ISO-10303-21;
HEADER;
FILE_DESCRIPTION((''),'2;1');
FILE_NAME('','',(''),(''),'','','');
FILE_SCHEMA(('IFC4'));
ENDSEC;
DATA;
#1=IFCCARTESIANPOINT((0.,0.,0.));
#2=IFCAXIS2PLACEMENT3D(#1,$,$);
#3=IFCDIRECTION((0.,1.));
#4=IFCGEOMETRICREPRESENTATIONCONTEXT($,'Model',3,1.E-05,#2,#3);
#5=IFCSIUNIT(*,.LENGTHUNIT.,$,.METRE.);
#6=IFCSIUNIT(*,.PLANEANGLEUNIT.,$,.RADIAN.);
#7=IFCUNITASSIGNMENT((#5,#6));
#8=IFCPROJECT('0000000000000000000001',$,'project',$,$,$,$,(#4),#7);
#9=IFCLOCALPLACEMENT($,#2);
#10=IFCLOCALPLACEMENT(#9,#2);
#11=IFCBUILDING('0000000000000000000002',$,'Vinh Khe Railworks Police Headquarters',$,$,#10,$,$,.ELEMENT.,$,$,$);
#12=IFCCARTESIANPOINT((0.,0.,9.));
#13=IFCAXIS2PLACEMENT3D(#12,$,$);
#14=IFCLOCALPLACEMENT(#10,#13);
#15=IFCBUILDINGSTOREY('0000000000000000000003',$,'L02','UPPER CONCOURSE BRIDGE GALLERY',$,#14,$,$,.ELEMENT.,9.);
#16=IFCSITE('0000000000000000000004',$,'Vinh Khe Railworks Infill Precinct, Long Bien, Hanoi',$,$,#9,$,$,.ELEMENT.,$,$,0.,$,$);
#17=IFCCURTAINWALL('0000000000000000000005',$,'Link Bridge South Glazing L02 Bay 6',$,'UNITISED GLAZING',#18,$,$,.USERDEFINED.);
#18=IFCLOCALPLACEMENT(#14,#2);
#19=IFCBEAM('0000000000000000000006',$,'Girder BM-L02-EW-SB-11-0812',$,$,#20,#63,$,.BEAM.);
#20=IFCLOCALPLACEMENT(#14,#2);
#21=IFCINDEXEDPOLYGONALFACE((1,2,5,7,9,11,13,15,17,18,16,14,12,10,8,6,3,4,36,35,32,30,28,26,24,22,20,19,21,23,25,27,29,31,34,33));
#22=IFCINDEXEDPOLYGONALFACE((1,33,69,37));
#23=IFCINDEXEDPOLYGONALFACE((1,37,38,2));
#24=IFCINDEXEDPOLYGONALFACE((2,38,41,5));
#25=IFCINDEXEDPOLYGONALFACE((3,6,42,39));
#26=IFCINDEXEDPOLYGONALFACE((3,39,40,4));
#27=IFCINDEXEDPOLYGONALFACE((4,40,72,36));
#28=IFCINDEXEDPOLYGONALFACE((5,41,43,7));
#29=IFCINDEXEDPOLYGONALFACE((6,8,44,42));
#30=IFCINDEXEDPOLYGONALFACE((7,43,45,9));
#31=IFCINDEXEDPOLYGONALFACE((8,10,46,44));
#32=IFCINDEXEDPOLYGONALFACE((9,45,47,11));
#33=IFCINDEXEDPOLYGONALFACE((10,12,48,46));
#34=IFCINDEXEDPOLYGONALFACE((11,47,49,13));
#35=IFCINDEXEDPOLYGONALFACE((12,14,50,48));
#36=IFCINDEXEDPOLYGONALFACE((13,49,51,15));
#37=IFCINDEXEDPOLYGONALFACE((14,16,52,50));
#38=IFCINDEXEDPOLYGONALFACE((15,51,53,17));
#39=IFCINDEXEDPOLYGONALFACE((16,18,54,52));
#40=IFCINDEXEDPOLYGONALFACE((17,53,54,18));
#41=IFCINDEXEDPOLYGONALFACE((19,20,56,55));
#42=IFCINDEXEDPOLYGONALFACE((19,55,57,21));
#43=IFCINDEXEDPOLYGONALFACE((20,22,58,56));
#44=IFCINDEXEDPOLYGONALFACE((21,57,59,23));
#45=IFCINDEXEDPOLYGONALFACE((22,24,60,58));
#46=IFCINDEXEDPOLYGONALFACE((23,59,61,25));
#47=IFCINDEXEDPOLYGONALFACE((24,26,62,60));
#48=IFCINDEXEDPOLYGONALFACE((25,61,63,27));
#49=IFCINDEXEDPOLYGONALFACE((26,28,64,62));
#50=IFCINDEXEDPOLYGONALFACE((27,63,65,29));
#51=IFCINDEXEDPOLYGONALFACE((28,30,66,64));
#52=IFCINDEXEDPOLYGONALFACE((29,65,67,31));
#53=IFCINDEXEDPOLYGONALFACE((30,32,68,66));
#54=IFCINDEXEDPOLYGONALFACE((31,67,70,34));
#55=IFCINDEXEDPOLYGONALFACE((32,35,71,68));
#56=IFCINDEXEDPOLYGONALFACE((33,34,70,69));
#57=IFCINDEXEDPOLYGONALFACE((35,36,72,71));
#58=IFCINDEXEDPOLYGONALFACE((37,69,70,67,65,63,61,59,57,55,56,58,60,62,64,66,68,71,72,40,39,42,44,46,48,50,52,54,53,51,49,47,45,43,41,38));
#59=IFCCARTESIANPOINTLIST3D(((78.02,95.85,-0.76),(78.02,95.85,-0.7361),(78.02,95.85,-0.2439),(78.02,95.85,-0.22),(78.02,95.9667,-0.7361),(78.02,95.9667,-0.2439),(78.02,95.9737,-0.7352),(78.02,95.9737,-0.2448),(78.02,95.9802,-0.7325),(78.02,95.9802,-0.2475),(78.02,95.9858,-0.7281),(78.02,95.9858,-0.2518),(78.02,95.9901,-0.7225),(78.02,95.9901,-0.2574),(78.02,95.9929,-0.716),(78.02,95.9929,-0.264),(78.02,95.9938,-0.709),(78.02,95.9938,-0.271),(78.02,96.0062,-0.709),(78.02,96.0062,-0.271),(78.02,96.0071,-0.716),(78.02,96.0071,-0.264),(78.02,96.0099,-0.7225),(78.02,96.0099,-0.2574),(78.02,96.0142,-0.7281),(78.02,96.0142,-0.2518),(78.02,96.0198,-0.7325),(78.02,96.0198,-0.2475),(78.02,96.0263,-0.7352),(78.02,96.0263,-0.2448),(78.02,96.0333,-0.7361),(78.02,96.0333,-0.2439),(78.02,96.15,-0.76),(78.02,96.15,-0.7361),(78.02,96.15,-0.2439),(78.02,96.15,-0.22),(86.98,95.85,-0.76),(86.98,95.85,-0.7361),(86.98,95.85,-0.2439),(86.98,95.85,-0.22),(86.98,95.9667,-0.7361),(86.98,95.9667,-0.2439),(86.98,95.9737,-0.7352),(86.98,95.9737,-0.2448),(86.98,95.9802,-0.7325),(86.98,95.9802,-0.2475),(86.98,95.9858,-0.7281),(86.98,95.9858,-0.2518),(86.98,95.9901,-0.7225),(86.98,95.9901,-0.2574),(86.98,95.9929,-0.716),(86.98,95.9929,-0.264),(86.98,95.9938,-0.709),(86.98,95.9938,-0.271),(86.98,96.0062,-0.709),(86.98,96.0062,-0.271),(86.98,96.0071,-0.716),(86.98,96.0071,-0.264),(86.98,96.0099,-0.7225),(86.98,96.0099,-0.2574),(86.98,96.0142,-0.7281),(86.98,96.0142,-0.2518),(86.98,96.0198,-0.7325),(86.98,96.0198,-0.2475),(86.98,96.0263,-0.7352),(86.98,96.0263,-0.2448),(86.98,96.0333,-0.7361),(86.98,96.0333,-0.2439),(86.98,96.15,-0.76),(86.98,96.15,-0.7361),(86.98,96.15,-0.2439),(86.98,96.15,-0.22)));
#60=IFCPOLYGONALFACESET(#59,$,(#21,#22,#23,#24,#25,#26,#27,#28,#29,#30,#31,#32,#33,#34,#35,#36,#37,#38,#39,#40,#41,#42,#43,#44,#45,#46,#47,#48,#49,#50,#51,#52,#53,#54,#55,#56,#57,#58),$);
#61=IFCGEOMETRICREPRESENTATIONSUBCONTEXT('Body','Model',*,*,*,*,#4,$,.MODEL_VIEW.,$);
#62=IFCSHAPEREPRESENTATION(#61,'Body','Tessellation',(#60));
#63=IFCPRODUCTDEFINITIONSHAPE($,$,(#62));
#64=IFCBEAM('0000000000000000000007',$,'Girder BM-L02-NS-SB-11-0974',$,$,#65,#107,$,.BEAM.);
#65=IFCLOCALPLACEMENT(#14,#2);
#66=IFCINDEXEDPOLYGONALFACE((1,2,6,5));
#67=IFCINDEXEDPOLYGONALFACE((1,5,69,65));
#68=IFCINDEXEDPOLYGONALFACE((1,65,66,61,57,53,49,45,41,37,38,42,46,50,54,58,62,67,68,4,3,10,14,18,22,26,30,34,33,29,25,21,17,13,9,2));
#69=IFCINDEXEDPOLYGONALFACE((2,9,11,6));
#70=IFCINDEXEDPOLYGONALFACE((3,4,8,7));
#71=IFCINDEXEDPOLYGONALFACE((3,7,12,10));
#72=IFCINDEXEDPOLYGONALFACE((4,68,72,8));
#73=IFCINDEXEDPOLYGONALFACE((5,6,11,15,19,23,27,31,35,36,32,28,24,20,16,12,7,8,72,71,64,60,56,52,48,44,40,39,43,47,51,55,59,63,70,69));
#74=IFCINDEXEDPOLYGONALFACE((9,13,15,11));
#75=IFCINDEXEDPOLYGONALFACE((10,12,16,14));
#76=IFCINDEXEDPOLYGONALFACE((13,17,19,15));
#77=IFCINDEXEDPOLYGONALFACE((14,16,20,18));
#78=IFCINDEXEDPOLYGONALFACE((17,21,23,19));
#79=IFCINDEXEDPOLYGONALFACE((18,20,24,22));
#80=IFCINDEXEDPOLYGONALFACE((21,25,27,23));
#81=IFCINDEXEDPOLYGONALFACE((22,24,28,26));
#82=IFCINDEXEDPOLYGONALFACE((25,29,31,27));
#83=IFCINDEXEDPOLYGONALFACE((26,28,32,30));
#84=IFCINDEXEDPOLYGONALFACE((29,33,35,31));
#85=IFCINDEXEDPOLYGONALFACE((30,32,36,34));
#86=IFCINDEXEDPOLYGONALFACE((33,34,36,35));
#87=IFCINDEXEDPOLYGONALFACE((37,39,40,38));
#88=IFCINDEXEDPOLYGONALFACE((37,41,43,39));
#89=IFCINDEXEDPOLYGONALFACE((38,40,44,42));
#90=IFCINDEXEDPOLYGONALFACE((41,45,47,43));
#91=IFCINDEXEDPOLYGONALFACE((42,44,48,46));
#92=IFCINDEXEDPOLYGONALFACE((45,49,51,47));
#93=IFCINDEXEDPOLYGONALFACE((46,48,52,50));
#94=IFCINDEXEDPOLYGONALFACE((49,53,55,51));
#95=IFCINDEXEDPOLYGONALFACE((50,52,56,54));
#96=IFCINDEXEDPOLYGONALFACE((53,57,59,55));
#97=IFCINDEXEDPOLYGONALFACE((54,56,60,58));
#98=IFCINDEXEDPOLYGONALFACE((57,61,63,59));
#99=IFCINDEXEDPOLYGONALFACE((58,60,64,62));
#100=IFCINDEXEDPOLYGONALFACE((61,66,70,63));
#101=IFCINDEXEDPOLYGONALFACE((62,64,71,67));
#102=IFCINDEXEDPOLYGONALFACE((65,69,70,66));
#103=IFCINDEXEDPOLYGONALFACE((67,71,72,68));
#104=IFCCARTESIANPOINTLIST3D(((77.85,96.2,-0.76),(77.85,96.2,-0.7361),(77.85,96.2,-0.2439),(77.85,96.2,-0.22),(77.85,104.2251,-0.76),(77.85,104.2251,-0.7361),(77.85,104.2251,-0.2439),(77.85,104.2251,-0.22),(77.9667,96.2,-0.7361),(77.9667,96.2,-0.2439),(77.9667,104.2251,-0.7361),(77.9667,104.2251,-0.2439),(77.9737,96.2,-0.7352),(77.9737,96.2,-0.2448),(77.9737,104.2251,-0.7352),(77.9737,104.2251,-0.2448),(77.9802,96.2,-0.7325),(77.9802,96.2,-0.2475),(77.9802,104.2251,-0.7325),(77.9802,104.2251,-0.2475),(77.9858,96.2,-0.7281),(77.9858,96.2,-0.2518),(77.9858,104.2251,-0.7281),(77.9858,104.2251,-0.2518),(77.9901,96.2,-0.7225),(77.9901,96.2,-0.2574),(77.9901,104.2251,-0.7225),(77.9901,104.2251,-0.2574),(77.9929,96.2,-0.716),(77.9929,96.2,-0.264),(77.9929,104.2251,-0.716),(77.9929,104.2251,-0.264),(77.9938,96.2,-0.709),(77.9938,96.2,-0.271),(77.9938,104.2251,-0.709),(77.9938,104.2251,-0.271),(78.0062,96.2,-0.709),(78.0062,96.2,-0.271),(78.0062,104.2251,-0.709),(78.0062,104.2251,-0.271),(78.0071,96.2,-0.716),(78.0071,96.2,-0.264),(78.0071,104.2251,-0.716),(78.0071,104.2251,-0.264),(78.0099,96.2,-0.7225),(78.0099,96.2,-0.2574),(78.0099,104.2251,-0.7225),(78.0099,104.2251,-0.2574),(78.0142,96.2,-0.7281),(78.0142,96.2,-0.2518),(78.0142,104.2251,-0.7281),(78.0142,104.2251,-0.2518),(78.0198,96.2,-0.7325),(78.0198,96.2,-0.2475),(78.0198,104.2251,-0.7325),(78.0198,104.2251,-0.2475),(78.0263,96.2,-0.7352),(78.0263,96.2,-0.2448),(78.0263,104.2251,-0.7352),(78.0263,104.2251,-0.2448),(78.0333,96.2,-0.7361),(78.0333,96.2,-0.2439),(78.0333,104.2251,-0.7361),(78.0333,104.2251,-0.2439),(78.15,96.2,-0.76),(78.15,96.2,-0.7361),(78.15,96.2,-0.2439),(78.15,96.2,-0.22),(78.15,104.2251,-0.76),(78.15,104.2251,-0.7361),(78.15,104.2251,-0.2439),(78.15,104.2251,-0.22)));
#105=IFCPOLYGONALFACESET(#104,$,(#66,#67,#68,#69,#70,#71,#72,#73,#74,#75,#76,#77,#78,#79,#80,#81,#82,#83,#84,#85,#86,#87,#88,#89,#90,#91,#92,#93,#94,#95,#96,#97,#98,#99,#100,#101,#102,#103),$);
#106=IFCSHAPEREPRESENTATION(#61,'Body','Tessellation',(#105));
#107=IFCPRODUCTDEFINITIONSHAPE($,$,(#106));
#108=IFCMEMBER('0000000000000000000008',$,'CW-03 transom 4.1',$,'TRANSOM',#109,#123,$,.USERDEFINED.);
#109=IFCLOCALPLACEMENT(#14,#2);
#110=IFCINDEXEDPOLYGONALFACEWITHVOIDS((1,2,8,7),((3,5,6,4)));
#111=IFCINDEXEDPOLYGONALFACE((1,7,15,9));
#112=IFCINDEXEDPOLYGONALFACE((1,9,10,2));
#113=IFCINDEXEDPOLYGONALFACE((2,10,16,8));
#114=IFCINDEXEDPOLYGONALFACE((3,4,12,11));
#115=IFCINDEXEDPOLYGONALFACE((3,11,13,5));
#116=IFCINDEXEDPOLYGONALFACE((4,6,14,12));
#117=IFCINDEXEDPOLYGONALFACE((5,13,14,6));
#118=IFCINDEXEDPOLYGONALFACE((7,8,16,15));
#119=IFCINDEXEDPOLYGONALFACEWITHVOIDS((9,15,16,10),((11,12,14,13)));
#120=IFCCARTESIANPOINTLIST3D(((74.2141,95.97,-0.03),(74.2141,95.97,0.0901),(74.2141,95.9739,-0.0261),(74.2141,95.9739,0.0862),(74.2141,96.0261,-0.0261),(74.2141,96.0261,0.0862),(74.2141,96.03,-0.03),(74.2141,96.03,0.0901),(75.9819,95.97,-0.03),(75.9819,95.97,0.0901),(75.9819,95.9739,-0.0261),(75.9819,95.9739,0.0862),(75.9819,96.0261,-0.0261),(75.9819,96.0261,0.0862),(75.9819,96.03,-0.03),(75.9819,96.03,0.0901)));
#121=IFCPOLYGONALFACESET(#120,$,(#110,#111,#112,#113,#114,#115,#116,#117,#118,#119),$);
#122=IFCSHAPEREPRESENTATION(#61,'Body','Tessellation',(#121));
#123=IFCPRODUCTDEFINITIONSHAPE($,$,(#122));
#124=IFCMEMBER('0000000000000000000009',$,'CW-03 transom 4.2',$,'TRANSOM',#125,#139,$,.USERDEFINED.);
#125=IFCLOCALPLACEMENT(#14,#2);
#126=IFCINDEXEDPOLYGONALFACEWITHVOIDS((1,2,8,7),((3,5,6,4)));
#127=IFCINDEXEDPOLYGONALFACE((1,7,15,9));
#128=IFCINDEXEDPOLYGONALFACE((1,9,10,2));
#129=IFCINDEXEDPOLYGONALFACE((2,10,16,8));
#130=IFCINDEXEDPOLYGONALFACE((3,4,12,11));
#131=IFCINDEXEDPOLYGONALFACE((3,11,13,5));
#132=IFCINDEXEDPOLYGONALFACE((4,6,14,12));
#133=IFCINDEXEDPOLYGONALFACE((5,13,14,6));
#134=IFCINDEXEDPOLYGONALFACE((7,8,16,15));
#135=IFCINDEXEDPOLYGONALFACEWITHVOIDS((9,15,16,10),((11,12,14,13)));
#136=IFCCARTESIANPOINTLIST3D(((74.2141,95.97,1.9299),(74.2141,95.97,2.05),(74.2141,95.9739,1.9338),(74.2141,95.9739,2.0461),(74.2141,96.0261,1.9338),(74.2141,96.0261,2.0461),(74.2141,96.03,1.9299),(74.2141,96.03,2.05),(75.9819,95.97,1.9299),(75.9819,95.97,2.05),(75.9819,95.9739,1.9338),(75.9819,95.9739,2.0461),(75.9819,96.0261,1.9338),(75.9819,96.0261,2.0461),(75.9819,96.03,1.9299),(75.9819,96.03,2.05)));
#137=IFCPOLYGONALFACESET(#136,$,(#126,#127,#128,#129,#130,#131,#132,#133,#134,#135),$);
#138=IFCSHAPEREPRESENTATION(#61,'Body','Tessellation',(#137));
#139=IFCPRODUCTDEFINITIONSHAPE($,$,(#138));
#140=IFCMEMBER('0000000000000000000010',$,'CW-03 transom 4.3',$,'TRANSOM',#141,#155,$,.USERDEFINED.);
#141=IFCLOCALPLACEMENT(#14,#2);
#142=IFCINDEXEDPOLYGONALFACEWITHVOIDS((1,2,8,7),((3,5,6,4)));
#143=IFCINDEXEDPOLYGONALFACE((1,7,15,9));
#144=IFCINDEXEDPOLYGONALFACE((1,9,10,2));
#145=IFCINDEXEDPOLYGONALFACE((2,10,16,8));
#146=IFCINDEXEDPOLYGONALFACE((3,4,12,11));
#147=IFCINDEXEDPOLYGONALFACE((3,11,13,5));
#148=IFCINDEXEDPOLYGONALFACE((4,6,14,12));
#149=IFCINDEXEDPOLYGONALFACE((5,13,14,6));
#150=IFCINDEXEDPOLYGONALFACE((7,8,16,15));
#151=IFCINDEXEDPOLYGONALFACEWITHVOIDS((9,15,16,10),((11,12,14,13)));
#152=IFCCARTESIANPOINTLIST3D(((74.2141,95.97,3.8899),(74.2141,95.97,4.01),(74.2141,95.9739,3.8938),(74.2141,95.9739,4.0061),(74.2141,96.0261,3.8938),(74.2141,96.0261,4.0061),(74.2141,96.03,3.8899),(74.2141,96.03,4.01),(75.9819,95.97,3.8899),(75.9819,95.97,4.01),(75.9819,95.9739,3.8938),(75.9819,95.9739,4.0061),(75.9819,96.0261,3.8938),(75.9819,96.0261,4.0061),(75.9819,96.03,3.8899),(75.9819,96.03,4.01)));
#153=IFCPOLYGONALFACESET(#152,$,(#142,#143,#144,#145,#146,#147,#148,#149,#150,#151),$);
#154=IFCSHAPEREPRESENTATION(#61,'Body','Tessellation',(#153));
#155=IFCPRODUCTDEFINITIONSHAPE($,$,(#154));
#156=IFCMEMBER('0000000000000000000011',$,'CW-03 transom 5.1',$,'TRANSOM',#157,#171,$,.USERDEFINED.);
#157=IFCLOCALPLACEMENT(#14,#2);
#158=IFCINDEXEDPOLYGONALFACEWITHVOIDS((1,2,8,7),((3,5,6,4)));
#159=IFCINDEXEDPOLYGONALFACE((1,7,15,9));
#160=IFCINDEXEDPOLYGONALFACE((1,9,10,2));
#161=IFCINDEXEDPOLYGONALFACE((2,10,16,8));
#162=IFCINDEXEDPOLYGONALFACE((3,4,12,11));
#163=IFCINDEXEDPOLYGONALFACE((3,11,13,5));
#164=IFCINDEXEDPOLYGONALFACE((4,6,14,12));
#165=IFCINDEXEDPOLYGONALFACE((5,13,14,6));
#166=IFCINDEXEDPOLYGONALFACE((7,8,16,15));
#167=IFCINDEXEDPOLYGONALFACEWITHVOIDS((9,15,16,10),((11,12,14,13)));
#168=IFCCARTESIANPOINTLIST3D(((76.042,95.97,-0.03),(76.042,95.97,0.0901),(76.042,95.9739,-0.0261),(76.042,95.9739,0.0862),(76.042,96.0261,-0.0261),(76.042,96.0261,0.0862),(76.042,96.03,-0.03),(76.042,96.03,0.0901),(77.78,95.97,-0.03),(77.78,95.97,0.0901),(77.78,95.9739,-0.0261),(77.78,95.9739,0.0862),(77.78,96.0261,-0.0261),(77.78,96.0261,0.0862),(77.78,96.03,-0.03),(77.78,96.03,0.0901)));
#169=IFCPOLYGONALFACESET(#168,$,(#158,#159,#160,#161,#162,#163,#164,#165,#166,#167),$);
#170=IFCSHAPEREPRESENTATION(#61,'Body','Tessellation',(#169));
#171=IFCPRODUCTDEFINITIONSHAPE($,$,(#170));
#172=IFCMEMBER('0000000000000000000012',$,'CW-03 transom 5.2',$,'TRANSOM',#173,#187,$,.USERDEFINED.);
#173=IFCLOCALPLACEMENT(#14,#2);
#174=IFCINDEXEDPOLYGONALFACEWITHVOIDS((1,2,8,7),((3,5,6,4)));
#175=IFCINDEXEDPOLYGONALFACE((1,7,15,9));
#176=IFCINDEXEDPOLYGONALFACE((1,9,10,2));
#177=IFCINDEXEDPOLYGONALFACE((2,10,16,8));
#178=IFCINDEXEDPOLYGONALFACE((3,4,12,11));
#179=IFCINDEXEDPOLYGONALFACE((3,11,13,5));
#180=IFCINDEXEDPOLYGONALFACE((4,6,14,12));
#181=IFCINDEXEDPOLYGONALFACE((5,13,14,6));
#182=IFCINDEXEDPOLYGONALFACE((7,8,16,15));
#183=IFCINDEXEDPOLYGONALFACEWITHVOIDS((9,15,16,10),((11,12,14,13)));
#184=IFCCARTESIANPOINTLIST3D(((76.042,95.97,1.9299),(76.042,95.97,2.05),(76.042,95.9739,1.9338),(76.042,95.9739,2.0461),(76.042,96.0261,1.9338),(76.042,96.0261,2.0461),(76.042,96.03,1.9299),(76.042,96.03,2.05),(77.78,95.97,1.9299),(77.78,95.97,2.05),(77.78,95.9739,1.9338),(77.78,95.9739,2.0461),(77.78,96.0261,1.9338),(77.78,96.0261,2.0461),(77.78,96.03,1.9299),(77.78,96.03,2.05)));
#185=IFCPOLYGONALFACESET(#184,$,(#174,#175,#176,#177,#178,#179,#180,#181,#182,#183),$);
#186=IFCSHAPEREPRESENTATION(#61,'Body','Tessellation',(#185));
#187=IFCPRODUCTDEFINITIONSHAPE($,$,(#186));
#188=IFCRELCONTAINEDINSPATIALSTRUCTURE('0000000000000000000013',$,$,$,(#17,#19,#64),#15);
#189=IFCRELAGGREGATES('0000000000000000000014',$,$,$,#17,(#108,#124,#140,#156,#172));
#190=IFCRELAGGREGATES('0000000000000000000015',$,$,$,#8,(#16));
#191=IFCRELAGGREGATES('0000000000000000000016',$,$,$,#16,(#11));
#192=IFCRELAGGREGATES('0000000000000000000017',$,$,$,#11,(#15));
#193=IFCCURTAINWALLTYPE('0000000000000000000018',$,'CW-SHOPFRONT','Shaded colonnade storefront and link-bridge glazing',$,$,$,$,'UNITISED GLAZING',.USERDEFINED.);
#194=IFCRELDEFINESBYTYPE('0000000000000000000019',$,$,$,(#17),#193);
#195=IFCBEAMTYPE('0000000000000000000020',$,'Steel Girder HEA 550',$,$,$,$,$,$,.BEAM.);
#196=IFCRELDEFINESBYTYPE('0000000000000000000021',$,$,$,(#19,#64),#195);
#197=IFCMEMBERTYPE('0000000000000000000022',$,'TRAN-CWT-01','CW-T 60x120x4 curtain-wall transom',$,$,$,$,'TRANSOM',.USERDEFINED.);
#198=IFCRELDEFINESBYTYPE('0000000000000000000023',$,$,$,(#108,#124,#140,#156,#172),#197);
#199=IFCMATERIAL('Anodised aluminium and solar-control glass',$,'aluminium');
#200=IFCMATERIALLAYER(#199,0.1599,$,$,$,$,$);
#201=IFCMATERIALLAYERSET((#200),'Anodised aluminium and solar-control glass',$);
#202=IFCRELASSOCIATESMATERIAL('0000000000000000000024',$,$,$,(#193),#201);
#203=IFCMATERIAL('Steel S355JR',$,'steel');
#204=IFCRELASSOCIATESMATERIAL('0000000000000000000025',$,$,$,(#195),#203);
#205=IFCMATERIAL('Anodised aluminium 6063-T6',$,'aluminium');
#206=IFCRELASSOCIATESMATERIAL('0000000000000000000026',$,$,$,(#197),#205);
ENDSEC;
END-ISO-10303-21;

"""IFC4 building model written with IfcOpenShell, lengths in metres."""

from ifc_helpers import new_model, si_unit, direction, frame, origin, origin_2d, place, context, subcontext, project, spatial, hollow_rectangle, i_section, extrude, material, layer, layer_set, material_profile, profile_set, type_object, element, aggregate, save


model = new_model("IFC4")

# Units and contexts
model_context = context("Model", 3, precision=1e-05, world=origin(), true_north=direction((0.0, 1.0)))
body_context = subcontext(model_context, "Body", "Model", "MODEL_VIEW")
ifc_project = project(units=[si_unit("LENGTHUNIT", "METRE"), si_unit("PLANEANGLEUNIT", "RADIAN")], contexts=[model_context])

# Site, building, storey
site_placement = place(None, origin())
site = spatial("IfcSite", under=ifc_project, at=site_placement, Name="Vinh Khe Railworks Infill Precinct, Long Bien, Hanoi", CompositionType="ELEMENT", RefElevation=0.0)
building_placement = place(site_placement, origin())
building = spatial("IfcBuilding", under=site, at=building_placement, Name="Vinh Khe Railworks Police Headquarters", CompositionType="ELEMENT")
storey_placement = place(building_placement, frame((0.0, 0.0, 9.0)))
storey = spatial("IfcBuildingStorey", under=building, at=storey_placement, Name="L02", Description="UPPER CONCOURSE BRIDGE GALLERY", CompositionType="ELEMENT", Elevation=9.0)

# Shared definitions
ifc_material_1 = material(Name="Steel S355JR", Category="steel")

# Curtain wall
ifc_material_2 = material(Name="Anodised aluminium and solar-control glass", Category="aluminium")
ifc_layer_1 = layer(ifc_material_2, 0.1599)
ifc_layer_set_1 = layer_set([ifc_layer_1], Name="Anodised aluminium and solar-control glass")
curtain_wall_type = type_object("IfcCurtainWallType", Name="CW-SHOPFRONT", Description="Shaded colonnade storefront and link-bridge glazing", ElementType="UNITISED GLAZING", PredefinedType="USERDEFINED", material=ifc_layer_set_1)
curtain_wall_placement = place(storey_placement, origin())
curtain_wall = element("IfcCurtainWall", 1, at=curtain_wall_placement, inside=storey, type_object=curtain_wall_type, Name="Link Bridge South Glazing L02 Bay 6", ObjectType="UNITISED GLAZING", PredefinedType="USERDEFINED")
ifc_material_3 = material(Name="Anodised aluminium 6063-T6", Category="aluminium")

# Beams
ifc_material_profile_1 = material_profile(ifc_material_1, i_section(OverallWidth=0.3, OverallDepth=0.54, WebThickness=0.0125, FlangeThickness=0.0239, FilletRadius=0.0271, at=origin_2d()), Name="HEA 550")
ifc_profile_set_1 = profile_set([ifc_material_profile_1], Name="Steel S355JR")
beam_type_1 = type_object("IfcBeamType", Name="Steel Girder HEA 550", PredefinedType="BEAM", material=ifc_profile_set_1)
beam_1_placement = place(storey_placement, frame((78.02, 96.0, -0.49), z_axis=(1.0, 0.0, 0.0), x_axis=(0.0, 1.0, 0.0)))
element("IfcBeam", 2, at=beam_1_placement, inside=storey, type_object=beam_type_1, Name="Girder BM-L02-EW-SB-11-0812", PredefinedType="BEAM", context=body_context, shape_type="SweptSolid", body=[
    extrude(i_section(OverallWidth=0.3, OverallDepth=0.54, WebThickness=0.0125, FlangeThickness=0.0239, FilletRadius=0.0271, at=origin_2d()), origin(), (0.0, 0.0, 1.0), 8.96),
])
beam_2_placement = place(storey_placement, frame((78.0, 96.2, -0.49), z_axis=(0.0, 1.0, 0.0), x_axis=(-1.0, 0.0, 0.0)))
element("IfcBeam", 3, at=beam_2_placement, inside=storey, type_object=beam_type_1, Name="Girder BM-L02-NS-SB-11-0974", PredefinedType="BEAM", context=body_context, shape_type="SweptSolid", body=[
    extrude(i_section(OverallWidth=0.3, OverallDepth=0.54, WebThickness=0.0125, FlangeThickness=0.0239, FilletRadius=0.0271, at=origin_2d()), origin(), (0.0, 0.0, 1.0), 8.0251),
])

# Members
ifc_material_profile_2 = material_profile(ifc_material_3, hollow_rectangle(XDim=0.0601, YDim=0.1201, WallThickness=0.0039, at=origin_2d()), Name="CW-T 60x120x4")
ifc_profile_set_2 = profile_set([ifc_material_profile_2], Name="Anodised aluminium 6063-T6")
member_type_1 = type_object("IfcMemberType", Name="TRAN-CWT-01", Description="CW-T 60x120x4 curtain-wall transom", ElementType="TRANSOM", PredefinedType="USERDEFINED", material=ifc_profile_set_2)
member_1_placement = place(storey_placement, frame((74.2141, 96.0, 0.03), z_axis=(1.0, 0.0, 0.0), x_axis=(0.0, 1.0, 0.0)))
member_1 = element("IfcMember", 4, at=member_1_placement, type_object=member_type_1, Name="CW-03 transom 4.1", ObjectType="TRANSOM", PredefinedType="USERDEFINED", context=body_context, shape_type="SweptSolid", body=[
    extrude(hollow_rectangle(XDim=0.0601, YDim=0.1201, WallThickness=0.0039, at=origin_2d()), origin(), (0.0, 0.0, 1.0), 1.7678),
])
member_2_placement = place(storey_placement, frame((74.2141, 96.0, 1.99), z_axis=(1.0, 0.0, 0.0), x_axis=(0.0, 1.0, 0.0)))
member_2 = element("IfcMember", 5, at=member_2_placement, type_object=member_type_1, Name="CW-03 transom 4.2", ObjectType="TRANSOM", PredefinedType="USERDEFINED", context=body_context, shape_type="SweptSolid", body=[
    extrude(hollow_rectangle(XDim=0.0601, YDim=0.1201, WallThickness=0.0039, at=origin_2d()), origin(), (0.0, 0.0, 1.0), 1.7678),
])
member_3_placement = place(storey_placement, frame((74.2141, 96.0, 3.95), z_axis=(1.0, 0.0, 0.0), x_axis=(0.0, 1.0, 0.0)))
member_3 = element("IfcMember", 6, at=member_3_placement, type_object=member_type_1, Name="CW-03 transom 4.3", ObjectType="TRANSOM", PredefinedType="USERDEFINED", context=body_context, shape_type="SweptSolid", body=[
    extrude(hollow_rectangle(XDim=0.0601, YDim=0.1201, WallThickness=0.0039, at=origin_2d()), origin(), (0.0, 0.0, 1.0), 1.7678),
])
member_4_placement = place(storey_placement, frame((76.042, 96.0, 0.03), z_axis=(1.0, 0.0, 0.0), x_axis=(0.0, 1.0, 0.0)))
member_4 = element("IfcMember", 7, at=member_4_placement, type_object=member_type_1, Name="CW-03 transom 5.1", ObjectType="TRANSOM", PredefinedType="USERDEFINED", context=body_context, shape_type="SweptSolid", body=[
    extrude(hollow_rectangle(XDim=0.0601, YDim=0.1201, WallThickness=0.0039, at=origin_2d()), origin(), (0.0, 0.0, 1.0), 1.738),
])
member_5_placement = place(storey_placement, frame((76.042, 96.0, 1.99), z_axis=(1.0, 0.0, 0.0), x_axis=(0.0, 1.0, 0.0)))
member_5 = element("IfcMember", 8, at=member_5_placement, type_object=member_type_1, Name="CW-03 transom 5.2", ObjectType="TRANSOM", PredefinedType="USERDEFINED", context=body_context, shape_type="SweptSolid", body=[
    extrude(hollow_rectangle(XDim=0.0601, YDim=0.1201, WallThickness=0.0039, at=origin_2d()), origin(), (0.0, 0.0, 1.0), 1.738),
])

aggregate(curtain_wall, [member_1, member_2, member_3, member_4, member_5])

save(model, "model.ifc")
